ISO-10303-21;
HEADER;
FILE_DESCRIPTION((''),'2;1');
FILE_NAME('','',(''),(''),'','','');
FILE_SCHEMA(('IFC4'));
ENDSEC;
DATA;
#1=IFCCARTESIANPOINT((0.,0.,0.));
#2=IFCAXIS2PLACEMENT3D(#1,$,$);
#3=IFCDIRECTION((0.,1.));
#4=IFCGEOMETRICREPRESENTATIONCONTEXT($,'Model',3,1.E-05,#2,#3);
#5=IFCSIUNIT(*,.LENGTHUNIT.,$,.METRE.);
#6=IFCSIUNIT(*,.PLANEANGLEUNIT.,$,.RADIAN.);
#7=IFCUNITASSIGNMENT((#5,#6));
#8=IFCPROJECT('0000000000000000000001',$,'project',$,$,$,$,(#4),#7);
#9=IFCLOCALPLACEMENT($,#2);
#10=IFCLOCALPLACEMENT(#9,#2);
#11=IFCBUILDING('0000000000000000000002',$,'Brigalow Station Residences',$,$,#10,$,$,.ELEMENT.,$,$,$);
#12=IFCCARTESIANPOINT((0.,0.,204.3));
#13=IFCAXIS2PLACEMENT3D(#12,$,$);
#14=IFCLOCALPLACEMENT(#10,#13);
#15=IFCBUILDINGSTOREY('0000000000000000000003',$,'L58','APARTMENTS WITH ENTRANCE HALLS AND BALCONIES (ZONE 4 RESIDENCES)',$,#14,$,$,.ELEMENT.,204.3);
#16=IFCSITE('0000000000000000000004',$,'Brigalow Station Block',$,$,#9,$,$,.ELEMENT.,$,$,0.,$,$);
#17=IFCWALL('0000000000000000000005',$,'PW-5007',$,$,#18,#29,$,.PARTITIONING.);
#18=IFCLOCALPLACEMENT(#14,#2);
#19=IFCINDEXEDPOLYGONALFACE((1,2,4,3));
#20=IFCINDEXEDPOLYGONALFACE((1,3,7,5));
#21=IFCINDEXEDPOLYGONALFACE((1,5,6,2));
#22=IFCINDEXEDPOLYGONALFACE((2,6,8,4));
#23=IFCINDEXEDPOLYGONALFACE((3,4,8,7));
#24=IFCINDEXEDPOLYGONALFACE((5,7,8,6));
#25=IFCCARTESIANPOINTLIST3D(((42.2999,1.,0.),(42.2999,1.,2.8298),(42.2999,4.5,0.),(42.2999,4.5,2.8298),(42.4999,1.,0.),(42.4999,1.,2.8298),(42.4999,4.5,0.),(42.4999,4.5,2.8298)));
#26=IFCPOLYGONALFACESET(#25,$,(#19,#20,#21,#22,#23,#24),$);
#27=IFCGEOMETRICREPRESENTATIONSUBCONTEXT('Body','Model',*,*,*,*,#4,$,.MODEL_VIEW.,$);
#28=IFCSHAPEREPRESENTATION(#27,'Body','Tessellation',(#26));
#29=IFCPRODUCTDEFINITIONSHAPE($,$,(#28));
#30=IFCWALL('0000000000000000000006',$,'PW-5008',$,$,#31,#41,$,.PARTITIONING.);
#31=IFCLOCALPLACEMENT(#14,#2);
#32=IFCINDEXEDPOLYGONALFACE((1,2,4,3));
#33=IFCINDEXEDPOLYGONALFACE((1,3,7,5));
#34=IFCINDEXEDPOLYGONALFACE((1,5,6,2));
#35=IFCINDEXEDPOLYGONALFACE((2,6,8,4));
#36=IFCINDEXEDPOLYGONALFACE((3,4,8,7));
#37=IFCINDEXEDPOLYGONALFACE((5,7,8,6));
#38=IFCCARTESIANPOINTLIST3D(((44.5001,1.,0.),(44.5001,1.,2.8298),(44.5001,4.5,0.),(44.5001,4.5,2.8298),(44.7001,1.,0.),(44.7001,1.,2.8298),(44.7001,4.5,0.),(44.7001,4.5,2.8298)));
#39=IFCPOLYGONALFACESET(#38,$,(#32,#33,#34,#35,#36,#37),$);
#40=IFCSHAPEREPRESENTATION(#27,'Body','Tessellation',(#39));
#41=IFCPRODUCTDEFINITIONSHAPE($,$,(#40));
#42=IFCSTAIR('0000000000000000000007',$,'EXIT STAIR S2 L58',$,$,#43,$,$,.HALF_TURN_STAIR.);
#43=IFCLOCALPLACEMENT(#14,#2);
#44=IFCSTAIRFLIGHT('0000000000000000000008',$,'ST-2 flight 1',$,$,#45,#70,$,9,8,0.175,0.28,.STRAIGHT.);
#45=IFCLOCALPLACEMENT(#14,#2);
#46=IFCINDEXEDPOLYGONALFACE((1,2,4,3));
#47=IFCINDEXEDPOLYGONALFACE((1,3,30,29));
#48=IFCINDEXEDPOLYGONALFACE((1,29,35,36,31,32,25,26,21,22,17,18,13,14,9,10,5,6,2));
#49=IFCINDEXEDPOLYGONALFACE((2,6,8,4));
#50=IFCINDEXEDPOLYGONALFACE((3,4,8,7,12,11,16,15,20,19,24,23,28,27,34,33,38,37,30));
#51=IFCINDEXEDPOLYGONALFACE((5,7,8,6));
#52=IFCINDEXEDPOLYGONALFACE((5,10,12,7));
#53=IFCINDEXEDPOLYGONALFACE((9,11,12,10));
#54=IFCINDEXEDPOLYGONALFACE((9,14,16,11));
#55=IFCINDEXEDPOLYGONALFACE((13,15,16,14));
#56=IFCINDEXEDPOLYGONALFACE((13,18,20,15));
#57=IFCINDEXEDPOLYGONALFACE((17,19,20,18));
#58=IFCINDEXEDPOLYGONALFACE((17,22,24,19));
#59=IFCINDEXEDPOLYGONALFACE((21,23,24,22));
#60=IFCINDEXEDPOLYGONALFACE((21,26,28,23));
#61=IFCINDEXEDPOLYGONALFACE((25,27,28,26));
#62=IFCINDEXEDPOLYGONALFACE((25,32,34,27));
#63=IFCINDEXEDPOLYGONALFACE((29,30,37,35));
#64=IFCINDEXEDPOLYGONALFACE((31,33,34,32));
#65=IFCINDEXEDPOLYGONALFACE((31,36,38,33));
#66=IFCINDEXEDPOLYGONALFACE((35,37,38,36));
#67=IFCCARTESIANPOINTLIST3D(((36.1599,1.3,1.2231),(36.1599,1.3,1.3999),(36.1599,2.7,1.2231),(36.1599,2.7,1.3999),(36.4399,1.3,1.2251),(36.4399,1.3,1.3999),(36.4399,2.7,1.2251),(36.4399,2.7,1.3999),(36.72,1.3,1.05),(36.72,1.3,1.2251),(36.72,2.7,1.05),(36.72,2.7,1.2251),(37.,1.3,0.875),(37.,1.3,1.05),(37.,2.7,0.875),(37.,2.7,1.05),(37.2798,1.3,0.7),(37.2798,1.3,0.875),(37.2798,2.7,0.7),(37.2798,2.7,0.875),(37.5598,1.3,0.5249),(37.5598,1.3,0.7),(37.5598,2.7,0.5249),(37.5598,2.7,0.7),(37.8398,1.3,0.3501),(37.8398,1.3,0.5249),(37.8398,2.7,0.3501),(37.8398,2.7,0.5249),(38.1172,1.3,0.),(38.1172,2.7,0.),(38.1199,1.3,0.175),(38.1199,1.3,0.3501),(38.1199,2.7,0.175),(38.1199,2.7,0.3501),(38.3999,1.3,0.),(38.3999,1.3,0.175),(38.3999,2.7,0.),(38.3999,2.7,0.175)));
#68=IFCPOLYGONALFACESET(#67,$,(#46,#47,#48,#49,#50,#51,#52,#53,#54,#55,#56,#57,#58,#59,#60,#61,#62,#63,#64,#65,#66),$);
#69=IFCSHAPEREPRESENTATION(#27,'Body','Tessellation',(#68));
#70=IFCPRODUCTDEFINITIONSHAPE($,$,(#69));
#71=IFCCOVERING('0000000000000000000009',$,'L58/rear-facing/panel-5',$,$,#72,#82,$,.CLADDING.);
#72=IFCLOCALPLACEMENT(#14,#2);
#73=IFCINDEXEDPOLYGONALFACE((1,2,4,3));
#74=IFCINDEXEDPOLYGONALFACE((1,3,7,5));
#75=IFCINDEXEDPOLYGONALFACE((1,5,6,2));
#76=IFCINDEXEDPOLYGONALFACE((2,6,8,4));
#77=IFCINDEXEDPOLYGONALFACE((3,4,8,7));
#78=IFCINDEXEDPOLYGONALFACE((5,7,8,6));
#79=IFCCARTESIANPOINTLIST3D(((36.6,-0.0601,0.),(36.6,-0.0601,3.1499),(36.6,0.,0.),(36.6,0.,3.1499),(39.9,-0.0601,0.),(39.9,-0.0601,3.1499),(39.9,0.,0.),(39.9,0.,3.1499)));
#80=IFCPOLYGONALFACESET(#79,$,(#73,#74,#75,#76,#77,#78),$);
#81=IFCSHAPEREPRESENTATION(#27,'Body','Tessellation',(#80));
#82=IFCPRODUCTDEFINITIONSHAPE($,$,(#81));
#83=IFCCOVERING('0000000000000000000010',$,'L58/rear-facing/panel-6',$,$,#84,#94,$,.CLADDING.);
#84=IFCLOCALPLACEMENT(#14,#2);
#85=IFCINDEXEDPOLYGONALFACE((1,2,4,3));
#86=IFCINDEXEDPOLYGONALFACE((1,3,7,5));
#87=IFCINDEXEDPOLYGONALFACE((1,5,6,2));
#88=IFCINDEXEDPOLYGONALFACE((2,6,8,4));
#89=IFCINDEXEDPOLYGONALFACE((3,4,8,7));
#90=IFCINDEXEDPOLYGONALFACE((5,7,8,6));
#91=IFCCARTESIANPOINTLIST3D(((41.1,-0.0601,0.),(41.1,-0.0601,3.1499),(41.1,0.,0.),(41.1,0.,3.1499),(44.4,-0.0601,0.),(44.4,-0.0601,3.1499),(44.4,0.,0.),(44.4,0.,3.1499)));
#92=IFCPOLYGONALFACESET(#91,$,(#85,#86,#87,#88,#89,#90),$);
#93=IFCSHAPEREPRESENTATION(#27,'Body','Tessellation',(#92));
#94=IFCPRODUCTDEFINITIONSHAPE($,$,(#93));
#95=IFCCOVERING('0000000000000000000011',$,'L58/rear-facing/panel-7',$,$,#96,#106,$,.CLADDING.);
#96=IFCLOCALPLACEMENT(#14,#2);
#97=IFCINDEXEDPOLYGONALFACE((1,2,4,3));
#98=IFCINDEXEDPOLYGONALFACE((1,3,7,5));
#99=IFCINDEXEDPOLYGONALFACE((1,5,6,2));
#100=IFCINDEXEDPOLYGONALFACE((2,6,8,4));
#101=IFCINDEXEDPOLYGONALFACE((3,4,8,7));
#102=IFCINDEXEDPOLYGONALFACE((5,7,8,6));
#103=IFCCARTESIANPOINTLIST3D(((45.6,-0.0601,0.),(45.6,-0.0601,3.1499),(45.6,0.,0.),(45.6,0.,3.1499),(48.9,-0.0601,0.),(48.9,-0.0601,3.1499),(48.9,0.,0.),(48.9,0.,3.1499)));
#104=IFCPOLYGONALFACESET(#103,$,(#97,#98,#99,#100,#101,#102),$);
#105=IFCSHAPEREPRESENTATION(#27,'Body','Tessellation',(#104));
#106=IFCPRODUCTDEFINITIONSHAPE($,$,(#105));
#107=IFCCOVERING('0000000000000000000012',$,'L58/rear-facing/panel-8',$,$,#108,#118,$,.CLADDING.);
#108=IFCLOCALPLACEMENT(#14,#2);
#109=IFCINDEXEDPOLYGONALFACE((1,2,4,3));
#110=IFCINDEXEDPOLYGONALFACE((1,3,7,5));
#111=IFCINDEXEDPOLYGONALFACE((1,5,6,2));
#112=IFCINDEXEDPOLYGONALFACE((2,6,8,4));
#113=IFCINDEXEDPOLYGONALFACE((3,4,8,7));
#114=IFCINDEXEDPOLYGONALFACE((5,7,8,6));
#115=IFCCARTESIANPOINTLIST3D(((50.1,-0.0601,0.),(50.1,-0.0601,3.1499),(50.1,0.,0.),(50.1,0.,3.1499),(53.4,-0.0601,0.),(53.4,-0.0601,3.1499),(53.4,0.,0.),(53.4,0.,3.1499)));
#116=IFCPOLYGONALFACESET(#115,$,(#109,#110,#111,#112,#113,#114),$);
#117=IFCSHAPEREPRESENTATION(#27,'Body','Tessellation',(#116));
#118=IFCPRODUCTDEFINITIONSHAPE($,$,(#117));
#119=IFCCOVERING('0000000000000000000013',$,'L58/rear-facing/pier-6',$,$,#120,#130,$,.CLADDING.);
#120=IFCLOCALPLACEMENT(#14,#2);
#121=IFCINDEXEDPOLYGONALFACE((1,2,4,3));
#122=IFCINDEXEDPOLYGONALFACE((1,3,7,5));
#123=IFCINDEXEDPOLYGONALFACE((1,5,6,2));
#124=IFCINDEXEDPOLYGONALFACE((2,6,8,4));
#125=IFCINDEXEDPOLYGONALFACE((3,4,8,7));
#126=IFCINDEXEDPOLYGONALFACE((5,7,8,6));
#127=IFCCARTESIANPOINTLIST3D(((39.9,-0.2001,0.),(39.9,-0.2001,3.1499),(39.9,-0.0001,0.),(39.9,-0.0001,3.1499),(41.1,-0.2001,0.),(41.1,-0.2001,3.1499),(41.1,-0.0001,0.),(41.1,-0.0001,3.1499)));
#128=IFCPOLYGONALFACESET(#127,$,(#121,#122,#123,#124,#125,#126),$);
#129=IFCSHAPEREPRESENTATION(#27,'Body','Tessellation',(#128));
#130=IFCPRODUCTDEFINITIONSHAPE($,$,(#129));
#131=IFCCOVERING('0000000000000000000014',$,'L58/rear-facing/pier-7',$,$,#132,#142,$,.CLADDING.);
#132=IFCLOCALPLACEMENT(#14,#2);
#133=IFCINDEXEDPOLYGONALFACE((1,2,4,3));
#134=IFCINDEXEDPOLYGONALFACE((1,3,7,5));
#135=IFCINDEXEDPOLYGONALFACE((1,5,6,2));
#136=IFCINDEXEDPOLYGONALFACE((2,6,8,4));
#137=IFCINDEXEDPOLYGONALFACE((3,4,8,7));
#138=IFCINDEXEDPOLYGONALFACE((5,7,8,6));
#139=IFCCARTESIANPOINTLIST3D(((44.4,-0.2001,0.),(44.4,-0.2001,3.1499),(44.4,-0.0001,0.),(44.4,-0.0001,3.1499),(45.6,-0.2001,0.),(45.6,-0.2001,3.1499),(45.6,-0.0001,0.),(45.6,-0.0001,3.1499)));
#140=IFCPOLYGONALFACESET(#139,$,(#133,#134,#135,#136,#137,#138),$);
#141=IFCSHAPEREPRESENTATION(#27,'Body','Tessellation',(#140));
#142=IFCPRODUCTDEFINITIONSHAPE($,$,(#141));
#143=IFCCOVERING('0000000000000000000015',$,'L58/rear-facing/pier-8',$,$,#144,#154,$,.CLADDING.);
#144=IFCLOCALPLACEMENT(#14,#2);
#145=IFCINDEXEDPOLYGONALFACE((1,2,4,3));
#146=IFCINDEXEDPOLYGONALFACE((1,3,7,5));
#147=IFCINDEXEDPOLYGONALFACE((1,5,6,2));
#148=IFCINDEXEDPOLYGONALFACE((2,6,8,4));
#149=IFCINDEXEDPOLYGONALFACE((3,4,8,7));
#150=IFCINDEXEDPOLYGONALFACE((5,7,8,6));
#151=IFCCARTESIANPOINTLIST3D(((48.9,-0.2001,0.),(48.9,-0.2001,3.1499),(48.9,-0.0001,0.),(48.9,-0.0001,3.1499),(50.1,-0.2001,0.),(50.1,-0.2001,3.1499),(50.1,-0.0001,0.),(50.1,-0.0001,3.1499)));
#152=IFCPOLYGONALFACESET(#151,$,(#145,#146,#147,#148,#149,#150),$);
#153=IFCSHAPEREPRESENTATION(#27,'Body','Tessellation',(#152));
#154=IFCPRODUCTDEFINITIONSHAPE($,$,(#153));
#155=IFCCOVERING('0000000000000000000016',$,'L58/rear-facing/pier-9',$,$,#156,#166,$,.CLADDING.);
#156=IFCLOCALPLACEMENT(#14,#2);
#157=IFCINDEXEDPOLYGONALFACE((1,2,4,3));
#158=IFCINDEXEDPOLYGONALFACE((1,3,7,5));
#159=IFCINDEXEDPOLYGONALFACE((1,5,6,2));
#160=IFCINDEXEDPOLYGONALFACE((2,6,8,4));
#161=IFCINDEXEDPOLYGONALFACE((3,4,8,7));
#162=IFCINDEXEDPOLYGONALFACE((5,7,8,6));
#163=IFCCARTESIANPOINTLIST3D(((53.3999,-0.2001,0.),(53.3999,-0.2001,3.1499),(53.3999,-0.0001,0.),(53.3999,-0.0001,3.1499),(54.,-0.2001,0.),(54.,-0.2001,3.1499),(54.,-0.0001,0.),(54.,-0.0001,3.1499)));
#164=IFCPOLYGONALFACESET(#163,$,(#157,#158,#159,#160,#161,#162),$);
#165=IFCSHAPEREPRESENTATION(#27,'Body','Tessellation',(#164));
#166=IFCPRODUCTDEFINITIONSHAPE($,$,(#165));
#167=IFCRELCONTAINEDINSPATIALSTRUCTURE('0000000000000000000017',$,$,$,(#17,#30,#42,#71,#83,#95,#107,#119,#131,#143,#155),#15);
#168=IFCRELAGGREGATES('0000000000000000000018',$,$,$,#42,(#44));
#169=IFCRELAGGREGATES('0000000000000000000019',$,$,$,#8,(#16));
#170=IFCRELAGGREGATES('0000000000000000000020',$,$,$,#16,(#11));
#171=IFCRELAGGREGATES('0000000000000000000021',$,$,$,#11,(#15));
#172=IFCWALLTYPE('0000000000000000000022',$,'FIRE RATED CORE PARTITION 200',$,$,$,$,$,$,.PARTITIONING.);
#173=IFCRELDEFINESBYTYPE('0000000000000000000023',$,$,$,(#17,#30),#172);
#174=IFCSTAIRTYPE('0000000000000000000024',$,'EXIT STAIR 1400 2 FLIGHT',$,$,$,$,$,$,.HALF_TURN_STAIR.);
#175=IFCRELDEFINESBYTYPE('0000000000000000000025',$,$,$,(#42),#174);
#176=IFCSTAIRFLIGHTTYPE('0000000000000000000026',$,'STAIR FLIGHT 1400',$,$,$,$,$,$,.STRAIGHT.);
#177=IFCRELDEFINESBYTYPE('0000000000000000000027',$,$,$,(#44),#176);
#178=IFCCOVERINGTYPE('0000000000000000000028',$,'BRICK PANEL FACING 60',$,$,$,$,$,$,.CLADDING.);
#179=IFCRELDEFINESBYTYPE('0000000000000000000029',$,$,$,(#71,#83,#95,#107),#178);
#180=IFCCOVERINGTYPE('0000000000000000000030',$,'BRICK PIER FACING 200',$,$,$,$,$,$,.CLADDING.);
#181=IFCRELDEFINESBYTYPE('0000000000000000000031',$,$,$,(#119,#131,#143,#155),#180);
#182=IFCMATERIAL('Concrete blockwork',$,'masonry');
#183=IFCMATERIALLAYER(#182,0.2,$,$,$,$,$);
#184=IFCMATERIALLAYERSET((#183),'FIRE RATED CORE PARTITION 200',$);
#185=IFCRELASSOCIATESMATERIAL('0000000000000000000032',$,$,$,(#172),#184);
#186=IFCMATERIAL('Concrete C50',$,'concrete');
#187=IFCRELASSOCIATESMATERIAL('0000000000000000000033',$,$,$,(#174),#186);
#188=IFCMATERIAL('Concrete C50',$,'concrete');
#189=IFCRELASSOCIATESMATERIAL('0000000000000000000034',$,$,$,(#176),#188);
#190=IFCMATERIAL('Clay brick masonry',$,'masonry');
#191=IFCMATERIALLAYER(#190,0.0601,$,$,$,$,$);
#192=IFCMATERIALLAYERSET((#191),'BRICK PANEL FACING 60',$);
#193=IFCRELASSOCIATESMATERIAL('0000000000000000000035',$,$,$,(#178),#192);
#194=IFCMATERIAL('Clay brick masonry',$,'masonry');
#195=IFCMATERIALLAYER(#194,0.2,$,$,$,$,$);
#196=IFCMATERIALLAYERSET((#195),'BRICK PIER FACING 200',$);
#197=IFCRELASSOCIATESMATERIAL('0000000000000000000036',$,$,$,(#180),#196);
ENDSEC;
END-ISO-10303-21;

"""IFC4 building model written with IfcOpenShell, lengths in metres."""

from ifc_helpers import new_model, si_unit, direction, frame, frame_2d, origin, origin_2d, place, context, subcontext, project, spatial, polyline, rectangle, outline, extrude, material, layer, layer_set, type_object, element, aggregate, save


model = new_model("IFC4")

# Units and contexts
model_context = context("Model", 3, precision=1e-05, world=origin(), true_north=direction((0.0, 1.0)))
body_context = subcontext(model_context, "Body", "Model", "MODEL_VIEW")
ifc_project = project(units=[si_unit("LENGTHUNIT", "METRE"), si_unit("PLANEANGLEUNIT", "RADIAN")], contexts=[model_context])

# Site, building, storey
site_placement = place(None, origin())
site = spatial("IfcSite", under=ifc_project, at=site_placement, Name="Brigalow Station Block", CompositionType="ELEMENT", RefElevation=0.0)
building_placement = place(site_placement, origin())
building = spatial("IfcBuilding", under=site, at=building_placement, Name="Brigalow Station Residences", CompositionType="ELEMENT")
storey_placement = place(building_placement, frame((0.0, 0.0, 204.3)))
storey = spatial("IfcBuildingStorey", under=building, at=storey_placement, Name="L58", Description="APARTMENTS WITH ENTRANCE HALLS AND BALCONIES (ZONE 4 RESIDENCES)", CompositionType="ELEMENT", Elevation=204.3)

# Walls
ifc_material_1 = material(Name="Concrete blockwork", Category="masonry")
ifc_layer_1 = layer(ifc_material_1, 0.2)
ifc_layer_set_1 = layer_set([ifc_layer_1], Name="FIRE RATED CORE PARTITION 200")
wall_type_1 = type_object("IfcWallType", Name="FIRE RATED CORE PARTITION 200", PredefinedType="PARTITIONING", material=ifc_layer_set_1)
for number, where, z_axis, x_axis, name in (
    (1, (42.3999, 1.0, 0.0), (0.0, 0.0, 1.0), (0.0, 1.0, 0.0), "PW-5007"),
    (2, (44.6001, 1.0, 0.0), (0.0, 0.0, 1.0), (0.0, 1.0, 0.0), "PW-5008"),
):
    element("IfcWall", number, at=place(storey_placement, frame(where, z_axis=z_axis, x_axis=x_axis)), inside=storey, type_object=wall_type_1, Name=name, PredefinedType="PARTITIONING", context=body_context, shape_type="SweptSolid", body=[
        extrude(rectangle(XDim=3.5, YDim=0.2, at=frame_2d((1.75, 0.0))), origin(), (0.0, 0.0, 1.0), 2.8298),
    ])

# Stair, stair flight
ifc_material_2 = material(Name="Concrete C50", Category="concrete")
stair_type = type_object("IfcStairType", Name="EXIT STAIR 1400 2 FLIGHT", PredefinedType="HALF_TURN_STAIR", material=ifc_material_2)
stair_placement = place(storey_placement, origin())
stair = element("IfcStair", 3, at=stair_placement, inside=storey, type_object=stair_type, Name="EXIT STAIR S2 L58", PredefinedType="HALF_TURN_STAIR")
ifc_material_3 = material(Name="Concrete C50", Category="concrete")
stair_flight_type = type_object("IfcStairFlightType", Name="STAIR FLIGHT 1400", PredefinedType="STRAIGHT", material=ifc_material_3)
stair_flight_placement = place(storey_placement, frame((38.3999, 2.0, 0.0), z_axis=(0.0, 0.0, 1.0), x_axis=(-1.0, 0.0, 0.0)))
stair_flight = element("IfcStairFlight", 4, at=stair_flight_placement, type_object=stair_flight_type, Name="ST-2 flight 1", NumberOfRisers=9, NumberOfTreads=8, PredefinedType="STRAIGHT", RiserHeight=0.175, TreadLength=0.28, context=body_context, shape_type="SweptSolid", body=[
    extrude(outline(polyline([(0.0, 0.0), (0.0, 0.175), (0.28, 0.175), (0.28, 0.3501), (0.5601, 0.3501), (0.5601, 0.5249), (0.8401, 0.5249), (0.8401, 0.7), (1.1201, 0.7), (1.1201, 0.875), (1.3999, 0.875), (1.3999, 1.05), (1.6799, 1.05), (1.6799, 1.2251), (1.96, 1.2251), (1.96, 1.3999), (2.24, 1.3999), (2.24, 1.575), (2.24, 1.2231), (0.2827, 0.0), (0.0, 0.0)])), frame((0.0, 0.7, 0.0), z_axis=(0.0, -1.0, 0.0), x_axis=(1.0, 0.0, 0.0)), (0.0, 0.0, 1.0), 1.3999),
])
aggregate(stair, [stair_flight])

# Coverings
ifc_material_4 = material(Name="Clay brick masonry", Category="masonry")
ifc_layer_2 = layer(ifc_material_4, 0.0601)
ifc_layer_set_2 = layer_set([ifc_layer_2], Name="BRICK PANEL FACING 60")
covering_type_1 = type_object("IfcCoveringType", Name="BRICK PANEL FACING 60", PredefinedType="CLADDING", material=ifc_layer_set_2)
for number, where, z_axis, x_axis, name in (
    (5, (38.25, -0.03, 0.0), (0.0, 0.0, 1.0), (1.0, 0.0, 0.0), "L58/rear-facing/panel-5"),
    (6, (42.75, -0.03, 0.0), (0.0, 0.0, 1.0), (1.0, 0.0, 0.0), "L58/rear-facing/panel-6"),
    (7, (47.25, -0.03, 0.0), (0.0, 0.0, 1.0), (1.0, 0.0, 0.0), "L58/rear-facing/panel-7"),
    (8, (51.75, -0.03, 0.0), (0.0, 0.0, 1.0), (1.0, 0.0, 0.0), "L58/rear-facing/panel-8"),
):
    element("IfcCovering", number, at=place(storey_placement, frame(where, z_axis=z_axis, x_axis=x_axis)), inside=storey, type_object=covering_type_1, Name=name, PredefinedType="CLADDING", context=body_context, shape_type="SweptSolid", body=[
        extrude(rectangle(XDim=3.3, YDim=0.0601, at=origin_2d()), origin(), (0.0, 0.0, 1.0), 3.1499),
    ])
ifc_material_5 = material(Name="Clay brick masonry", Category="masonry")
ifc_layer_3 = layer(ifc_material_5, 0.2)
ifc_layer_set_3 = layer_set([ifc_layer_3], Name="BRICK PIER FACING 200")
covering_type_2 = type_object("IfcCoveringType", Name="BRICK PIER FACING 200", PredefinedType="CLADDING", material=ifc_layer_set_3)
for number, where, z_axis, x_axis, name in (
    (9, (40.5, -0.1001, 0.0), (0.0, 0.0, 1.0), (1.0, 0.0, 0.0), "L58/rear-facing/pier-6"),
    (10, (45.0, -0.1001, 0.0), (0.0, 0.0, 1.0), (1.0, 0.0, 0.0), "L58/rear-facing/pier-7"),
    (11, (49.5, -0.1001, 0.0), (0.0, 0.0, 1.0), (1.0, 0.0, 0.0), "L58/rear-facing/pier-8"),
):
    element("IfcCovering", number, at=place(storey_placement, frame(where, z_axis=z_axis, x_axis=x_axis)), inside=storey, type_object=covering_type_2, Name=name, PredefinedType="CLADDING", context=body_context, shape_type="SweptSolid", body=[
        extrude(rectangle(XDim=1.2, YDim=0.2, at=origin_2d()), origin(), (0.0, 0.0, 1.0), 3.1499),
    ])
covering_placement = place(storey_placement, frame((53.7, -0.1001, 0.0), z_axis=(0.0, 0.0, 1.0), x_axis=(1.0, 0.0, 0.0)))
element("IfcCovering", 12, at=covering_placement, inside=storey, type_object=covering_type_2, Name="L58/rear-facing/pier-9", PredefinedType="CLADDING", context=body_context, shape_type="SweptSolid", body=[
    extrude(rectangle(XDim=0.6001, YDim=0.2, at=origin_2d()), origin(), (0.0, 0.0, 1.0), 3.1499),
])

save(model, "model.ifc")
